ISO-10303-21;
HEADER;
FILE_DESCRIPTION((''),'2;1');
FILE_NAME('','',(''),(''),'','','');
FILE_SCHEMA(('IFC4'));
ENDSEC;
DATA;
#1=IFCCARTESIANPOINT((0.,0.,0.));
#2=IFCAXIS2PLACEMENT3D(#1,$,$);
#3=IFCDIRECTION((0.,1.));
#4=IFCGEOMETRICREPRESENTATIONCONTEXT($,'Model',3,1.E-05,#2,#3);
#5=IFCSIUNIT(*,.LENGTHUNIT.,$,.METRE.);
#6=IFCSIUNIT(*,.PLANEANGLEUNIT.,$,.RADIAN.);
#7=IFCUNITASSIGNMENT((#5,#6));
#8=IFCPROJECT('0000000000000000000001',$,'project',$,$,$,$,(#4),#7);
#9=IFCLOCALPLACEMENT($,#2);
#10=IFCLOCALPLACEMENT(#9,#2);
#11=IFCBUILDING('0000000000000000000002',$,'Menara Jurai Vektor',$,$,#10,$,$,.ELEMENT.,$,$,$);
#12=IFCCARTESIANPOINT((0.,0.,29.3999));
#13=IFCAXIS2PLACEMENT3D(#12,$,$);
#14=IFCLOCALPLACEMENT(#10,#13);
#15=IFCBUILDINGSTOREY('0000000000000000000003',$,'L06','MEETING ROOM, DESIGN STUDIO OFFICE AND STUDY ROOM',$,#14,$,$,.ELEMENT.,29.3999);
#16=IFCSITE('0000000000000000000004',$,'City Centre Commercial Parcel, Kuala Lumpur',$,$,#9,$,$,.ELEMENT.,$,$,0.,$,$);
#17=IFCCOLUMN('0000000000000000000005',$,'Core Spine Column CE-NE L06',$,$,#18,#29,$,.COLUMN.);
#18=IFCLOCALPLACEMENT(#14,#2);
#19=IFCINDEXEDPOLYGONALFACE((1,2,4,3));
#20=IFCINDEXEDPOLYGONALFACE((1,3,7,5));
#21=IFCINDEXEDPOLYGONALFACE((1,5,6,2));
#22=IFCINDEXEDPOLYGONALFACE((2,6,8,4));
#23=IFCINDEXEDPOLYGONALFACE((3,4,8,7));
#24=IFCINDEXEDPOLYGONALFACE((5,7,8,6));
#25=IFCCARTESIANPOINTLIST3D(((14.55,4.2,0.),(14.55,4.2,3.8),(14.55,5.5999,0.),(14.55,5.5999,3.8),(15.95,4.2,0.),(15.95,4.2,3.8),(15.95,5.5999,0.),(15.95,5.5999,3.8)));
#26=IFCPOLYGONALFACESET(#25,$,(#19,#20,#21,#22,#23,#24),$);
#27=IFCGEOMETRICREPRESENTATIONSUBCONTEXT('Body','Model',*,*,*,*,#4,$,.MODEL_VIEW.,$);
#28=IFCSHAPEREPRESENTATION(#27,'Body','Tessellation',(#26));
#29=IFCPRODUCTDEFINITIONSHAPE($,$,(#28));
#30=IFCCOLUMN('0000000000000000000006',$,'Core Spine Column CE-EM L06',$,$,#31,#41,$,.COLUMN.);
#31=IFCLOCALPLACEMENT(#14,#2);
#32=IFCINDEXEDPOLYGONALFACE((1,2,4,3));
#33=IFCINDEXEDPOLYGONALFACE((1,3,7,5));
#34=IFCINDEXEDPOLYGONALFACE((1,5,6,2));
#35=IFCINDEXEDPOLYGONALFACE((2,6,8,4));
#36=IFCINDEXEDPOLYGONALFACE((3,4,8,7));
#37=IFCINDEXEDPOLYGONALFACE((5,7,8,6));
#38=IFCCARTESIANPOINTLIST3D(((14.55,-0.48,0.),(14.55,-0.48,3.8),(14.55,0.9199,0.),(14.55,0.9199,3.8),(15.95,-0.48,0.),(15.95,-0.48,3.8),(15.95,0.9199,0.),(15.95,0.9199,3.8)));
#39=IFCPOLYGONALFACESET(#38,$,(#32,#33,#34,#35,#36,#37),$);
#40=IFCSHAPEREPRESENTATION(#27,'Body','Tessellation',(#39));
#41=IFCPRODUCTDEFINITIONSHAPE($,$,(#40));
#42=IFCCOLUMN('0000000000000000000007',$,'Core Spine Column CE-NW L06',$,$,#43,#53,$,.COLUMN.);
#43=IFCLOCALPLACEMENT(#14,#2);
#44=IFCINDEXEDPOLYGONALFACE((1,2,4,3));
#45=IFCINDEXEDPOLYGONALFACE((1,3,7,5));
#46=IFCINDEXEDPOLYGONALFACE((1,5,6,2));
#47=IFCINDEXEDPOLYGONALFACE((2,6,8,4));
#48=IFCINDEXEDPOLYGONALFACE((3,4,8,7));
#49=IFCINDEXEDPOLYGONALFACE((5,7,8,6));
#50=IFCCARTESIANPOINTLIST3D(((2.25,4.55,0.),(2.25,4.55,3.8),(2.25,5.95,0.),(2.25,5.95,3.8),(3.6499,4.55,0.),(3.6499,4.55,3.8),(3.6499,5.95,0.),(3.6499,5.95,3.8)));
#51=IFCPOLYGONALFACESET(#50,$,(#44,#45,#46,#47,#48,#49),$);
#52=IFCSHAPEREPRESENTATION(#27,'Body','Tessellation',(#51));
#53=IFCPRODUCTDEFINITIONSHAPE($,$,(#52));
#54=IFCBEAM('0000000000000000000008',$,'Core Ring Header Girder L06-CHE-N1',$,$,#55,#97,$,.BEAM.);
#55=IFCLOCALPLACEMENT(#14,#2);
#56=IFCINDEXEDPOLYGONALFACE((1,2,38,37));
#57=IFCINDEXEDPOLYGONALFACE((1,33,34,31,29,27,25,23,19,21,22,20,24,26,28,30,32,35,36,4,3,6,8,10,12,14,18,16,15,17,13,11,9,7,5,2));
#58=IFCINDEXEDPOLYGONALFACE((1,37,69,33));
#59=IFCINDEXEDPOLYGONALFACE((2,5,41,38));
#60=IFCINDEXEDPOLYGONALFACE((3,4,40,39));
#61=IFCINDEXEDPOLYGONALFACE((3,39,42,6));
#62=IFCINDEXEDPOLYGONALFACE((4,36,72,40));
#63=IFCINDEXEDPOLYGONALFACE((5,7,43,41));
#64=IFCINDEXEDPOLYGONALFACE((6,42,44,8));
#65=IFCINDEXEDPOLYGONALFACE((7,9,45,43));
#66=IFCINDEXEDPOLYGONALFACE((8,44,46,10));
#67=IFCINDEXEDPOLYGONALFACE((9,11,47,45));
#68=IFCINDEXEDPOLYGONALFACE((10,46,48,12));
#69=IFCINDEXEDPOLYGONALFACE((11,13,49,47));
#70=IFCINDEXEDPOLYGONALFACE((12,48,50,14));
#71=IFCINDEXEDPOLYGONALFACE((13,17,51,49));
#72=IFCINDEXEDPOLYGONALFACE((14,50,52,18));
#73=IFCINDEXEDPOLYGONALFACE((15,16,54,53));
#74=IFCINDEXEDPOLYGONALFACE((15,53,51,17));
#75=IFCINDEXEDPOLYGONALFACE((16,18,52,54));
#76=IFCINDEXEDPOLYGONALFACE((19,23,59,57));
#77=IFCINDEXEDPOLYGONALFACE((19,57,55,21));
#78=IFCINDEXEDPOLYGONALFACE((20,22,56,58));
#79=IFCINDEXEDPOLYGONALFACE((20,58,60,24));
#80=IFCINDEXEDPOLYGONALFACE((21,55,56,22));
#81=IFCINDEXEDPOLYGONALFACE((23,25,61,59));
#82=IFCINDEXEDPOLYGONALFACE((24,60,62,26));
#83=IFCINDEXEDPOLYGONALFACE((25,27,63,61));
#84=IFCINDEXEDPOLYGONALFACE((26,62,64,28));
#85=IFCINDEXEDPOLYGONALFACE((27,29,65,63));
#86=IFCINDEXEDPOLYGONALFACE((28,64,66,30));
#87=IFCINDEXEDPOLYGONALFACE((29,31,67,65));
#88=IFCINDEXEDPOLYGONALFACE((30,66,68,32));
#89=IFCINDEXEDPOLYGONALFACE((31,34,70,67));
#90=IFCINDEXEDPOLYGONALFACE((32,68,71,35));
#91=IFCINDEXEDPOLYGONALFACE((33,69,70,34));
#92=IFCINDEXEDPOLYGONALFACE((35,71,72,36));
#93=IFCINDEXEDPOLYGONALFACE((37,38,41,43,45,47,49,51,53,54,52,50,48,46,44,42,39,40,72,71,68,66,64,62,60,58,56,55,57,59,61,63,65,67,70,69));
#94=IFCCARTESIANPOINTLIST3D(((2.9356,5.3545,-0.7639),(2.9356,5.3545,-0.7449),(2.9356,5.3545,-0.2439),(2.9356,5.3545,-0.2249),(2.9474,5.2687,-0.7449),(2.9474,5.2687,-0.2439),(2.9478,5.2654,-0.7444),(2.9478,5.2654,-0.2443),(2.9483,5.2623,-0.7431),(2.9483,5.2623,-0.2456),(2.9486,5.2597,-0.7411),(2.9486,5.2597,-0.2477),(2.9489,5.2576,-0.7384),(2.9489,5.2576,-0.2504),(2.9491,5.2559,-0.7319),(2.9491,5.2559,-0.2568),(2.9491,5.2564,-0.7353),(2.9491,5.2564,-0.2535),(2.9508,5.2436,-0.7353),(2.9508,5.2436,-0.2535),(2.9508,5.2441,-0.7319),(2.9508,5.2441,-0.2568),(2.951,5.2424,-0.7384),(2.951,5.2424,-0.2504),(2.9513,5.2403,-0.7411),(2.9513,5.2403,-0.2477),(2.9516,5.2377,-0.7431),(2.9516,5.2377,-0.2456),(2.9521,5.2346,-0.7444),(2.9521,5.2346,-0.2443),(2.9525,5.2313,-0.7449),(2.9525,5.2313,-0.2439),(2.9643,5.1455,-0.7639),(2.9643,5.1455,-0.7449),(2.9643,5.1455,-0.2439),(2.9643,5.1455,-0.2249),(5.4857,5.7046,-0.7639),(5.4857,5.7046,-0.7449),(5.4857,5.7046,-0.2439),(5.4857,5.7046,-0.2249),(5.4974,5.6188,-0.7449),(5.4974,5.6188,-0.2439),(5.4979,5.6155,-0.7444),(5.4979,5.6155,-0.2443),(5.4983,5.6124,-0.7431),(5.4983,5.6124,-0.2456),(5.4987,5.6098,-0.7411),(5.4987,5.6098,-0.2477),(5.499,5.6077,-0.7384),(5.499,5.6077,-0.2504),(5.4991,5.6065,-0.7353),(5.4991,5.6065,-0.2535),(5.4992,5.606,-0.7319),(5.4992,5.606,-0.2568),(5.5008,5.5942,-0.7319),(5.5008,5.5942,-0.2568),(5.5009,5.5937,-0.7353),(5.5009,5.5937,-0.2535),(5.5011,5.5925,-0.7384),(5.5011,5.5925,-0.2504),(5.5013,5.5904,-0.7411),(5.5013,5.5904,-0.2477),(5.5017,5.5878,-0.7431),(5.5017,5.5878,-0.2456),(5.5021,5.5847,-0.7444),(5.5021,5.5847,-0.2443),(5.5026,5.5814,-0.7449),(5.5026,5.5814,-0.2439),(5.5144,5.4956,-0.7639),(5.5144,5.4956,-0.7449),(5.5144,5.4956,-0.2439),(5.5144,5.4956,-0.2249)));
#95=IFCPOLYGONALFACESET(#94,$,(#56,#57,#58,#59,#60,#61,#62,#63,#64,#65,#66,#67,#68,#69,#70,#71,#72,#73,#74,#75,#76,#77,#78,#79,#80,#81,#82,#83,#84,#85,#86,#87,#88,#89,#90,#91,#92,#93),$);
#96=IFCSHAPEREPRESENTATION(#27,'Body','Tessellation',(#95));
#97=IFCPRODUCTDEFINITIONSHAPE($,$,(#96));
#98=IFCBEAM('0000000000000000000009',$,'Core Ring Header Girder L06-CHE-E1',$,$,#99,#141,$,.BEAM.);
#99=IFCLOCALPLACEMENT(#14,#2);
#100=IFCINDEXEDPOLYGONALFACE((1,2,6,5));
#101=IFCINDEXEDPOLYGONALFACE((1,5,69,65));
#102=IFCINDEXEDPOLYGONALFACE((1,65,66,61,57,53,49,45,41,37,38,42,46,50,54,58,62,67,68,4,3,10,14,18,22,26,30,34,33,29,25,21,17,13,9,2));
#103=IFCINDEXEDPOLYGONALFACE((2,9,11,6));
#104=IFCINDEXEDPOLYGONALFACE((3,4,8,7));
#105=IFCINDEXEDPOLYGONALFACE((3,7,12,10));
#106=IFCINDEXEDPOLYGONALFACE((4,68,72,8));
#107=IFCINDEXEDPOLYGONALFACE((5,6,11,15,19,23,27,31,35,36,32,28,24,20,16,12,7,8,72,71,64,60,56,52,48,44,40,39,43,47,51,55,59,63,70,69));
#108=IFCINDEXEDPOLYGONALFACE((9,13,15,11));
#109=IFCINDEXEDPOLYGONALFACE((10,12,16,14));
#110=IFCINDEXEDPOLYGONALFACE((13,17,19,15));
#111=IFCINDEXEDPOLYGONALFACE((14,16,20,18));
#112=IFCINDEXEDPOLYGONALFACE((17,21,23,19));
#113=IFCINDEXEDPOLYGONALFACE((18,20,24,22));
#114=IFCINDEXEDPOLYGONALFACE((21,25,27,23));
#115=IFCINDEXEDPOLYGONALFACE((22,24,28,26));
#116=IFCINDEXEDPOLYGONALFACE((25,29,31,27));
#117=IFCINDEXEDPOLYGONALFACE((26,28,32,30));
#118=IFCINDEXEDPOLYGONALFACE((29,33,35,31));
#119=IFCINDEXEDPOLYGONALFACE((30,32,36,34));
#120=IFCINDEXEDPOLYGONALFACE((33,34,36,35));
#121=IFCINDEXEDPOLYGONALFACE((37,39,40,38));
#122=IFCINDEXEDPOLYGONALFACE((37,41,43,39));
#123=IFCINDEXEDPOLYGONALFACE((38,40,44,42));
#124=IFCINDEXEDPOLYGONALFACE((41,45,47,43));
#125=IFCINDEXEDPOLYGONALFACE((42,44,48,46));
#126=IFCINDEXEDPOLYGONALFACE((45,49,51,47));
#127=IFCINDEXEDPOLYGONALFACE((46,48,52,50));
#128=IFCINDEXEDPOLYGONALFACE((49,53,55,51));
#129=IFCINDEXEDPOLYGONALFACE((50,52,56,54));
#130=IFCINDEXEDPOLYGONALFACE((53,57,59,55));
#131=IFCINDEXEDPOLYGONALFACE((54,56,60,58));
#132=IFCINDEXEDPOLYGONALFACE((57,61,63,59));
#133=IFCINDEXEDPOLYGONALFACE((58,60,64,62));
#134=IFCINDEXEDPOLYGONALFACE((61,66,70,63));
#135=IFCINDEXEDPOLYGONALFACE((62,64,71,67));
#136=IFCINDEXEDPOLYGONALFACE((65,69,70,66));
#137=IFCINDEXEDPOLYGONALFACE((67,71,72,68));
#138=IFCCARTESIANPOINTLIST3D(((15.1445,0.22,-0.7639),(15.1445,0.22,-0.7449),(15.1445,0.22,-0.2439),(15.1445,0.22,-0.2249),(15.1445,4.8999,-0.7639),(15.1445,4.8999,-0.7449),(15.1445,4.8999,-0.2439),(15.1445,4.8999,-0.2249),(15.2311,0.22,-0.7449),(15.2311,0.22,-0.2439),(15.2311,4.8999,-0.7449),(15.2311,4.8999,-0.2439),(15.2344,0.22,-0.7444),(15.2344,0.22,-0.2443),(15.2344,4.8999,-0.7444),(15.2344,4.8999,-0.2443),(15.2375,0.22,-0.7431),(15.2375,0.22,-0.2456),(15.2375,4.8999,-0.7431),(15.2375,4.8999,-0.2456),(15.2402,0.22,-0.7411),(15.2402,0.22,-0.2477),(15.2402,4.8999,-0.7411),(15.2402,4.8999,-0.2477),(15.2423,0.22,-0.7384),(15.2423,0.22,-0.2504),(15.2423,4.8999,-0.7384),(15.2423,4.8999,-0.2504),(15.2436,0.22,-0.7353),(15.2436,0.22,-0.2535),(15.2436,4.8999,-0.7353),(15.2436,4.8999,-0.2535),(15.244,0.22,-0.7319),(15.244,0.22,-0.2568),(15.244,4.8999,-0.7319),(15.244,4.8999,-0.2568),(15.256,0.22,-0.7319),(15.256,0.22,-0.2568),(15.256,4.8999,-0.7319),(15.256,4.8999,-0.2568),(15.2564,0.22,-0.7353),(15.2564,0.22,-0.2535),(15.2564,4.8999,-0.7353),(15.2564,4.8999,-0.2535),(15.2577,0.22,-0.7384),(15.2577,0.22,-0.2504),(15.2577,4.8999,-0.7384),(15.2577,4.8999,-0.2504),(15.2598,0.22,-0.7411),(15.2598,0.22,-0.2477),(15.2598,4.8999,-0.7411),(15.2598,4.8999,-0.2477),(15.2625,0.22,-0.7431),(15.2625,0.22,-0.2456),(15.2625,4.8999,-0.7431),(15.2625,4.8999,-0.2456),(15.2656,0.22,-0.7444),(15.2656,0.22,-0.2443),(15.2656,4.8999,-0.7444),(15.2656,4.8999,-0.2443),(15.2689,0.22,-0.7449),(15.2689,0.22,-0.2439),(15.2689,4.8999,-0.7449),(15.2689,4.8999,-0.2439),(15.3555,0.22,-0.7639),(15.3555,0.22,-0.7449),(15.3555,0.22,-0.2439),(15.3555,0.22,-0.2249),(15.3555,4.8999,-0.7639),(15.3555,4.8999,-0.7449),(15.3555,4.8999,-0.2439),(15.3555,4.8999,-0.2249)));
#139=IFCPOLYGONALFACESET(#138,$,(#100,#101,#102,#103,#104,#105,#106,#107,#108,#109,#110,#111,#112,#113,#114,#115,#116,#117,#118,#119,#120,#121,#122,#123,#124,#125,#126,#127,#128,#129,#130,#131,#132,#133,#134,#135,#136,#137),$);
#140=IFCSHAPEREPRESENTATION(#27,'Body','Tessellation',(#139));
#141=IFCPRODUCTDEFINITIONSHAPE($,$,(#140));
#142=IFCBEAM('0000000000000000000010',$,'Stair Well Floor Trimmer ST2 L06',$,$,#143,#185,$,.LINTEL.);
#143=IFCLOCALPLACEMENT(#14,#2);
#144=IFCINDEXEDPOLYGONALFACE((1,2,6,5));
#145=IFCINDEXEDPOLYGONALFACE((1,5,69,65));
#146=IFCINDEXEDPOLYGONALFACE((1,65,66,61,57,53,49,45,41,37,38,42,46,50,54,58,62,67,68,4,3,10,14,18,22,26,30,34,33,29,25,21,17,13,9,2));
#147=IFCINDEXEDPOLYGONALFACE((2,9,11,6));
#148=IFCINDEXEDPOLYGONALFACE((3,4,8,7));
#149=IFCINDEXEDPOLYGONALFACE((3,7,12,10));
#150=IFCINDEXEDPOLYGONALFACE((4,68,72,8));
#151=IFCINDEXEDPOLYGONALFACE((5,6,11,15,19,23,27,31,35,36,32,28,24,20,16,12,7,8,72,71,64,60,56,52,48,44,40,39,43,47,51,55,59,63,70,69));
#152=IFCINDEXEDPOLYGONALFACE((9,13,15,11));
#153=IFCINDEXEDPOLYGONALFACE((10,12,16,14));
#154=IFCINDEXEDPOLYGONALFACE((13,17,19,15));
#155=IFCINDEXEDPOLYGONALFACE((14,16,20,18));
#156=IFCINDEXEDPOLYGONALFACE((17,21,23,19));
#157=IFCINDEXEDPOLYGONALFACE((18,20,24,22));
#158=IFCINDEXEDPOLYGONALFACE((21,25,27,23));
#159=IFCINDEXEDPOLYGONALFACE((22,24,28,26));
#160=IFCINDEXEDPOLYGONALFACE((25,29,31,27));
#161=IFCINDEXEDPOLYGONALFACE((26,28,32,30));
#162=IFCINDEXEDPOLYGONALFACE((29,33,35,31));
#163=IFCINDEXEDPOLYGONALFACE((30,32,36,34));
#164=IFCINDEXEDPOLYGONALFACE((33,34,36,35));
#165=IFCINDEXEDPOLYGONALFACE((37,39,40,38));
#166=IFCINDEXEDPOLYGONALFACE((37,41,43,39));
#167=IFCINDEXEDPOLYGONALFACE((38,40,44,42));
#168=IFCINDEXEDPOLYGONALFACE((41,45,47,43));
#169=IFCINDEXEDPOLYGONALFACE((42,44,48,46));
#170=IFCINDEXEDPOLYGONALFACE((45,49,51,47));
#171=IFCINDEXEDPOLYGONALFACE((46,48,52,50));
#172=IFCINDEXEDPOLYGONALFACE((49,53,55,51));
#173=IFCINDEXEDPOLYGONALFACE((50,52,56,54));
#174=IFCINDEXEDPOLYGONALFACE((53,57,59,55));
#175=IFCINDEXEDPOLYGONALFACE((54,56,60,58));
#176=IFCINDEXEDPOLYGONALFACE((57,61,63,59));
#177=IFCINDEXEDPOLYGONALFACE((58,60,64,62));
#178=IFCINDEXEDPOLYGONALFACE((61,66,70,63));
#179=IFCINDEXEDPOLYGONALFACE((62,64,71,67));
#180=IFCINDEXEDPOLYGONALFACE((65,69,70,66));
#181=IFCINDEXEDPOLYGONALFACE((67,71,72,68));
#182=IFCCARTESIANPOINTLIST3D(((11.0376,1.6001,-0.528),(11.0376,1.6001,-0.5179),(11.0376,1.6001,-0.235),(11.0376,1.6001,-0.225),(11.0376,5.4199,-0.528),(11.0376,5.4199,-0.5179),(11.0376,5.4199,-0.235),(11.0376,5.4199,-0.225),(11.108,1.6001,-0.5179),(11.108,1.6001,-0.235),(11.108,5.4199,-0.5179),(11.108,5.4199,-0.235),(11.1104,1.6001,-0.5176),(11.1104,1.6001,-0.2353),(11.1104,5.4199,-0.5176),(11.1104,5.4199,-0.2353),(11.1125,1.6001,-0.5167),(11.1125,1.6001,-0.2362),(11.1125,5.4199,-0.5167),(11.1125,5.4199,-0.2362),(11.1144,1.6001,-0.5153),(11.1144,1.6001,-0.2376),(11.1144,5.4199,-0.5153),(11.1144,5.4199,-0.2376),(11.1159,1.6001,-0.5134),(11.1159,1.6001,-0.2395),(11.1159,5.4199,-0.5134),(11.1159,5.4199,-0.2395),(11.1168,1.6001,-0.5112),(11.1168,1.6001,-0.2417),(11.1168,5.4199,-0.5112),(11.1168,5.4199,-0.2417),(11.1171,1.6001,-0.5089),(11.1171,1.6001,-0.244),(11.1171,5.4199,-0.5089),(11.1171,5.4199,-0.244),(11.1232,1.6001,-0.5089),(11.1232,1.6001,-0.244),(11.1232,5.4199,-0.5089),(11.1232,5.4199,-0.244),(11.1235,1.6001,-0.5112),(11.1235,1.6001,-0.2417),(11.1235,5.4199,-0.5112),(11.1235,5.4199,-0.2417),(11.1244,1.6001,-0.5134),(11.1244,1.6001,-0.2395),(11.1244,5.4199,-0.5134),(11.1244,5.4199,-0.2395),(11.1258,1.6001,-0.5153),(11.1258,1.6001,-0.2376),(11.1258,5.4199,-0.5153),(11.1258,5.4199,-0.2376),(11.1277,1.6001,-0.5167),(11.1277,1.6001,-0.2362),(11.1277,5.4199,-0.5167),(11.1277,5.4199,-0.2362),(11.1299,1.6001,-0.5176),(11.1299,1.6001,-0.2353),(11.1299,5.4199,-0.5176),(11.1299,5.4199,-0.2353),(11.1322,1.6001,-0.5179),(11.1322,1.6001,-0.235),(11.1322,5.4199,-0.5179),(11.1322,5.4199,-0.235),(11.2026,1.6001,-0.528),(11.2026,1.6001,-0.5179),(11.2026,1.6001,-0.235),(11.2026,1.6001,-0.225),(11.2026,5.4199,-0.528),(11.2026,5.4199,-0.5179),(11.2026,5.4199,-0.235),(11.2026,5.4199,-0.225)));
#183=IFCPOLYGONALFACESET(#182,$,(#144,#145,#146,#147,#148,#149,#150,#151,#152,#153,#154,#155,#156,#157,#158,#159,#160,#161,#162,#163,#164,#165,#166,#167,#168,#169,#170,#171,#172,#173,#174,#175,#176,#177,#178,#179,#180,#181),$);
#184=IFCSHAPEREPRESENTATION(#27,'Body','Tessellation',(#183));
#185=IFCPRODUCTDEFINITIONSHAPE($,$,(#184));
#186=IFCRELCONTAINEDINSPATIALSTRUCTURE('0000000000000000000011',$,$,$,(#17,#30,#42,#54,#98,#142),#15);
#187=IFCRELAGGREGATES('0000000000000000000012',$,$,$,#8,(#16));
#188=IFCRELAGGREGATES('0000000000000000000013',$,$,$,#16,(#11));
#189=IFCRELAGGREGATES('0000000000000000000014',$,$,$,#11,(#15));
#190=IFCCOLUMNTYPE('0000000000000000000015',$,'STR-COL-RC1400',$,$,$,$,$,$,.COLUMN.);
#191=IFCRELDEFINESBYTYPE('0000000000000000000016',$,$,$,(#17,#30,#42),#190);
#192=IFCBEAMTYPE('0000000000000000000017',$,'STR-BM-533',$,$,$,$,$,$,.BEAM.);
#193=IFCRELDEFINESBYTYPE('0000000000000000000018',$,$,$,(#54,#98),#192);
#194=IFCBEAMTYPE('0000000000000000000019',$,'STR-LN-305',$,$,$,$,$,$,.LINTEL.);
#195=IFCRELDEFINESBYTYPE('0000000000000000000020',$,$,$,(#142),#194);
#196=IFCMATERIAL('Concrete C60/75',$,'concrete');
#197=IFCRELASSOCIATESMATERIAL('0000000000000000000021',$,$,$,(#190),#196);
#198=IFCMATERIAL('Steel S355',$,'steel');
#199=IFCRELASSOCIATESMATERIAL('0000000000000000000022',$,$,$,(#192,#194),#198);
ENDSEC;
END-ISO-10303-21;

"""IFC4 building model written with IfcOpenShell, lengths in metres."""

from ifc_helpers import new_model, si_unit, direction, frame, origin, origin_2d, place, context, subcontext, project, spatial, rectangle, i_section, extrude, material, material_profile, profile_set, type_object, element, save


model = new_model("IFC4")

# Units and contexts
model_context = context("Model", 3, precision=1e-05, world=origin(), true_north=direction((0.0, 1.0)))
body_context = subcontext(model_context, "Body", "Model", "MODEL_VIEW")
ifc_project = project(units=[si_unit("LENGTHUNIT", "METRE"), si_unit("PLANEANGLEUNIT", "RADIAN")], contexts=[model_context])

# Site, building, storey
site_placement = place(None, origin())
site = spatial("IfcSite", under=ifc_project, at=site_placement, Name="City Centre Commercial Parcel, Kuala Lumpur", CompositionType="ELEMENT", RefElevation=0.0)
building_placement = place(site_placement, origin())
building = spatial("IfcBuilding", under=site, at=building_placement, Name="Menara Jurai Vektor", CompositionType="ELEMENT")
storey_placement = place(building_placement, frame((0.0, 0.0, 29.3999)))
storey = spatial("IfcBuildingStorey", under=building, at=storey_placement, Name="L06", Description="MEETING ROOM, DESIGN STUDIO OFFICE AND STUDY ROOM", CompositionType="ELEMENT", Elevation=29.3999)

# Columns
ifc_material_1 = material(Name="Concrete C60/75", Category="concrete")
ifc_material_profile_1 = material_profile(ifc_material_1, rectangle(XDim=1.3999, YDim=1.3999, at=origin_2d()), Name="RC 1400x1400")
ifc_profile_set_1 = profile_set([ifc_material_profile_1], Name="Concrete C60/75")
column_type = type_object("IfcColumnType", Name="STR-COL-RC1400", PredefinedType="COLUMN", material=ifc_profile_set_1)
for number, where, z_axis, x_axis, name in (
    (1, (15.25, 4.8999, 0.0), (0.0, 0.0, 1.0), (1.0, 0.0, 0.0), "Core Spine Column CE-NE L06"),
    (2, (15.25, 0.22, 0.0), (0.0, 0.0, 1.0), (1.0, 0.0, 0.0), "Core Spine Column CE-EM L06"),
    (3, (2.95, 5.25, 0.0), (0.0, 0.0, 1.0), (1.0, 0.0, 0.0), "Core Spine Column CE-NW L06"),
):
    element("IfcColumn", number, at=place(storey_placement, frame(where, z_axis=z_axis, x_axis=x_axis)), inside=storey, type_object=column_type, Name=name, PredefinedType="COLUMN", context=body_context, shape_type="SweptSolid", body=[
        extrude(rectangle(XDim=1.3999, YDim=1.3999, at=origin_2d()), origin(), (0.0, 0.0, 1.0), 3.8),
    ])

# Beams
ifc_material_2 = material(Name="Steel S355", Category="steel")
ifc_material_profile_2 = material_profile(ifc_material_2, i_section(OverallWidth=0.2109, OverallDepth=0.5391, WebThickness=0.012, FlangeThickness=0.019, FilletRadius=0.0129, at=origin_2d()), Name="UKB 533x210x109")
ifc_profile_set_2 = profile_set([ifc_material_profile_2], Name="Steel S355")
beam_type_1 = type_object("IfcBeamType", Name="STR-BM-533", PredefinedType="BEAM", material=ifc_profile_set_2)
beam_1_placement = place(storey_placement, frame((2.95, 5.25, -0.4944), z_axis=(0.990707, 0.136015, 0.0), x_axis=(-0.136015, 0.990707, 0.0)))
element("IfcBeam", 4, at=beam_1_placement, inside=storey, type_object=beam_type_1, Name="Core Ring Header Girder L06-CHE-N1", PredefinedType="BEAM", context=body_context, shape_type="SweptSolid", body=[
    extrude(i_section(OverallWidth=0.2109, OverallDepth=0.5391, WebThickness=0.012, FlangeThickness=0.019, FilletRadius=0.0129, at=origin_2d()), origin(), (0.0, 0.0, 1.0), 2.574),
])
beam_2_placement = place(storey_placement, frame((15.25, 0.22, -0.4944), z_axis=(0.0, 1.0, 0.0), x_axis=(-1.0, 0.0, 0.0)))
element("IfcBeam", 5, at=beam_2_placement, inside=storey, type_object=beam_type_1, Name="Core Ring Header Girder L06-CHE-E1", PredefinedType="BEAM", context=body_context, shape_type="SweptSolid", body=[
    extrude(i_section(OverallWidth=0.2109, OverallDepth=0.5391, WebThickness=0.012, FlangeThickness=0.019, FilletRadius=0.0129, at=origin_2d()), origin(), (0.0, 0.0, 1.0), 4.6799),
])
ifc_material_profile_3 = material_profile(ifc_material_2, i_section(OverallWidth=0.165, OverallDepth=0.303, WebThickness=0.0061, FlangeThickness=0.01, FilletRadius=0.009, at=origin_2d()), Name="UKB 305x165x40")
ifc_profile_set_3 = profile_set([ifc_material_profile_3], Name="Steel S355")
beam_type_2 = type_object("IfcBeamType", Name="STR-LN-305", PredefinedType="LINTEL", material=ifc_profile_set_3)
beam_3_placement = place(storey_placement, frame((11.1201, 1.6001, -0.3765), z_axis=(0.0, 1.0, 0.0), x_axis=(-1.0, 0.0, 0.0)))
element("IfcBeam", 6, at=beam_3_placement, inside=storey, type_object=beam_type_2, Name="Stair Well Floor Trimmer ST2 L06", PredefinedType="LINTEL", context=body_context, shape_type="SweptSolid", body=[
    extrude(i_section(OverallWidth=0.165, OverallDepth=0.303, WebThickness=0.0061, FlangeThickness=0.01, FilletRadius=0.009, at=origin_2d()), origin(), (0.0, 0.0, 1.0), 3.8198),
])

save(model, "model.ifc")
